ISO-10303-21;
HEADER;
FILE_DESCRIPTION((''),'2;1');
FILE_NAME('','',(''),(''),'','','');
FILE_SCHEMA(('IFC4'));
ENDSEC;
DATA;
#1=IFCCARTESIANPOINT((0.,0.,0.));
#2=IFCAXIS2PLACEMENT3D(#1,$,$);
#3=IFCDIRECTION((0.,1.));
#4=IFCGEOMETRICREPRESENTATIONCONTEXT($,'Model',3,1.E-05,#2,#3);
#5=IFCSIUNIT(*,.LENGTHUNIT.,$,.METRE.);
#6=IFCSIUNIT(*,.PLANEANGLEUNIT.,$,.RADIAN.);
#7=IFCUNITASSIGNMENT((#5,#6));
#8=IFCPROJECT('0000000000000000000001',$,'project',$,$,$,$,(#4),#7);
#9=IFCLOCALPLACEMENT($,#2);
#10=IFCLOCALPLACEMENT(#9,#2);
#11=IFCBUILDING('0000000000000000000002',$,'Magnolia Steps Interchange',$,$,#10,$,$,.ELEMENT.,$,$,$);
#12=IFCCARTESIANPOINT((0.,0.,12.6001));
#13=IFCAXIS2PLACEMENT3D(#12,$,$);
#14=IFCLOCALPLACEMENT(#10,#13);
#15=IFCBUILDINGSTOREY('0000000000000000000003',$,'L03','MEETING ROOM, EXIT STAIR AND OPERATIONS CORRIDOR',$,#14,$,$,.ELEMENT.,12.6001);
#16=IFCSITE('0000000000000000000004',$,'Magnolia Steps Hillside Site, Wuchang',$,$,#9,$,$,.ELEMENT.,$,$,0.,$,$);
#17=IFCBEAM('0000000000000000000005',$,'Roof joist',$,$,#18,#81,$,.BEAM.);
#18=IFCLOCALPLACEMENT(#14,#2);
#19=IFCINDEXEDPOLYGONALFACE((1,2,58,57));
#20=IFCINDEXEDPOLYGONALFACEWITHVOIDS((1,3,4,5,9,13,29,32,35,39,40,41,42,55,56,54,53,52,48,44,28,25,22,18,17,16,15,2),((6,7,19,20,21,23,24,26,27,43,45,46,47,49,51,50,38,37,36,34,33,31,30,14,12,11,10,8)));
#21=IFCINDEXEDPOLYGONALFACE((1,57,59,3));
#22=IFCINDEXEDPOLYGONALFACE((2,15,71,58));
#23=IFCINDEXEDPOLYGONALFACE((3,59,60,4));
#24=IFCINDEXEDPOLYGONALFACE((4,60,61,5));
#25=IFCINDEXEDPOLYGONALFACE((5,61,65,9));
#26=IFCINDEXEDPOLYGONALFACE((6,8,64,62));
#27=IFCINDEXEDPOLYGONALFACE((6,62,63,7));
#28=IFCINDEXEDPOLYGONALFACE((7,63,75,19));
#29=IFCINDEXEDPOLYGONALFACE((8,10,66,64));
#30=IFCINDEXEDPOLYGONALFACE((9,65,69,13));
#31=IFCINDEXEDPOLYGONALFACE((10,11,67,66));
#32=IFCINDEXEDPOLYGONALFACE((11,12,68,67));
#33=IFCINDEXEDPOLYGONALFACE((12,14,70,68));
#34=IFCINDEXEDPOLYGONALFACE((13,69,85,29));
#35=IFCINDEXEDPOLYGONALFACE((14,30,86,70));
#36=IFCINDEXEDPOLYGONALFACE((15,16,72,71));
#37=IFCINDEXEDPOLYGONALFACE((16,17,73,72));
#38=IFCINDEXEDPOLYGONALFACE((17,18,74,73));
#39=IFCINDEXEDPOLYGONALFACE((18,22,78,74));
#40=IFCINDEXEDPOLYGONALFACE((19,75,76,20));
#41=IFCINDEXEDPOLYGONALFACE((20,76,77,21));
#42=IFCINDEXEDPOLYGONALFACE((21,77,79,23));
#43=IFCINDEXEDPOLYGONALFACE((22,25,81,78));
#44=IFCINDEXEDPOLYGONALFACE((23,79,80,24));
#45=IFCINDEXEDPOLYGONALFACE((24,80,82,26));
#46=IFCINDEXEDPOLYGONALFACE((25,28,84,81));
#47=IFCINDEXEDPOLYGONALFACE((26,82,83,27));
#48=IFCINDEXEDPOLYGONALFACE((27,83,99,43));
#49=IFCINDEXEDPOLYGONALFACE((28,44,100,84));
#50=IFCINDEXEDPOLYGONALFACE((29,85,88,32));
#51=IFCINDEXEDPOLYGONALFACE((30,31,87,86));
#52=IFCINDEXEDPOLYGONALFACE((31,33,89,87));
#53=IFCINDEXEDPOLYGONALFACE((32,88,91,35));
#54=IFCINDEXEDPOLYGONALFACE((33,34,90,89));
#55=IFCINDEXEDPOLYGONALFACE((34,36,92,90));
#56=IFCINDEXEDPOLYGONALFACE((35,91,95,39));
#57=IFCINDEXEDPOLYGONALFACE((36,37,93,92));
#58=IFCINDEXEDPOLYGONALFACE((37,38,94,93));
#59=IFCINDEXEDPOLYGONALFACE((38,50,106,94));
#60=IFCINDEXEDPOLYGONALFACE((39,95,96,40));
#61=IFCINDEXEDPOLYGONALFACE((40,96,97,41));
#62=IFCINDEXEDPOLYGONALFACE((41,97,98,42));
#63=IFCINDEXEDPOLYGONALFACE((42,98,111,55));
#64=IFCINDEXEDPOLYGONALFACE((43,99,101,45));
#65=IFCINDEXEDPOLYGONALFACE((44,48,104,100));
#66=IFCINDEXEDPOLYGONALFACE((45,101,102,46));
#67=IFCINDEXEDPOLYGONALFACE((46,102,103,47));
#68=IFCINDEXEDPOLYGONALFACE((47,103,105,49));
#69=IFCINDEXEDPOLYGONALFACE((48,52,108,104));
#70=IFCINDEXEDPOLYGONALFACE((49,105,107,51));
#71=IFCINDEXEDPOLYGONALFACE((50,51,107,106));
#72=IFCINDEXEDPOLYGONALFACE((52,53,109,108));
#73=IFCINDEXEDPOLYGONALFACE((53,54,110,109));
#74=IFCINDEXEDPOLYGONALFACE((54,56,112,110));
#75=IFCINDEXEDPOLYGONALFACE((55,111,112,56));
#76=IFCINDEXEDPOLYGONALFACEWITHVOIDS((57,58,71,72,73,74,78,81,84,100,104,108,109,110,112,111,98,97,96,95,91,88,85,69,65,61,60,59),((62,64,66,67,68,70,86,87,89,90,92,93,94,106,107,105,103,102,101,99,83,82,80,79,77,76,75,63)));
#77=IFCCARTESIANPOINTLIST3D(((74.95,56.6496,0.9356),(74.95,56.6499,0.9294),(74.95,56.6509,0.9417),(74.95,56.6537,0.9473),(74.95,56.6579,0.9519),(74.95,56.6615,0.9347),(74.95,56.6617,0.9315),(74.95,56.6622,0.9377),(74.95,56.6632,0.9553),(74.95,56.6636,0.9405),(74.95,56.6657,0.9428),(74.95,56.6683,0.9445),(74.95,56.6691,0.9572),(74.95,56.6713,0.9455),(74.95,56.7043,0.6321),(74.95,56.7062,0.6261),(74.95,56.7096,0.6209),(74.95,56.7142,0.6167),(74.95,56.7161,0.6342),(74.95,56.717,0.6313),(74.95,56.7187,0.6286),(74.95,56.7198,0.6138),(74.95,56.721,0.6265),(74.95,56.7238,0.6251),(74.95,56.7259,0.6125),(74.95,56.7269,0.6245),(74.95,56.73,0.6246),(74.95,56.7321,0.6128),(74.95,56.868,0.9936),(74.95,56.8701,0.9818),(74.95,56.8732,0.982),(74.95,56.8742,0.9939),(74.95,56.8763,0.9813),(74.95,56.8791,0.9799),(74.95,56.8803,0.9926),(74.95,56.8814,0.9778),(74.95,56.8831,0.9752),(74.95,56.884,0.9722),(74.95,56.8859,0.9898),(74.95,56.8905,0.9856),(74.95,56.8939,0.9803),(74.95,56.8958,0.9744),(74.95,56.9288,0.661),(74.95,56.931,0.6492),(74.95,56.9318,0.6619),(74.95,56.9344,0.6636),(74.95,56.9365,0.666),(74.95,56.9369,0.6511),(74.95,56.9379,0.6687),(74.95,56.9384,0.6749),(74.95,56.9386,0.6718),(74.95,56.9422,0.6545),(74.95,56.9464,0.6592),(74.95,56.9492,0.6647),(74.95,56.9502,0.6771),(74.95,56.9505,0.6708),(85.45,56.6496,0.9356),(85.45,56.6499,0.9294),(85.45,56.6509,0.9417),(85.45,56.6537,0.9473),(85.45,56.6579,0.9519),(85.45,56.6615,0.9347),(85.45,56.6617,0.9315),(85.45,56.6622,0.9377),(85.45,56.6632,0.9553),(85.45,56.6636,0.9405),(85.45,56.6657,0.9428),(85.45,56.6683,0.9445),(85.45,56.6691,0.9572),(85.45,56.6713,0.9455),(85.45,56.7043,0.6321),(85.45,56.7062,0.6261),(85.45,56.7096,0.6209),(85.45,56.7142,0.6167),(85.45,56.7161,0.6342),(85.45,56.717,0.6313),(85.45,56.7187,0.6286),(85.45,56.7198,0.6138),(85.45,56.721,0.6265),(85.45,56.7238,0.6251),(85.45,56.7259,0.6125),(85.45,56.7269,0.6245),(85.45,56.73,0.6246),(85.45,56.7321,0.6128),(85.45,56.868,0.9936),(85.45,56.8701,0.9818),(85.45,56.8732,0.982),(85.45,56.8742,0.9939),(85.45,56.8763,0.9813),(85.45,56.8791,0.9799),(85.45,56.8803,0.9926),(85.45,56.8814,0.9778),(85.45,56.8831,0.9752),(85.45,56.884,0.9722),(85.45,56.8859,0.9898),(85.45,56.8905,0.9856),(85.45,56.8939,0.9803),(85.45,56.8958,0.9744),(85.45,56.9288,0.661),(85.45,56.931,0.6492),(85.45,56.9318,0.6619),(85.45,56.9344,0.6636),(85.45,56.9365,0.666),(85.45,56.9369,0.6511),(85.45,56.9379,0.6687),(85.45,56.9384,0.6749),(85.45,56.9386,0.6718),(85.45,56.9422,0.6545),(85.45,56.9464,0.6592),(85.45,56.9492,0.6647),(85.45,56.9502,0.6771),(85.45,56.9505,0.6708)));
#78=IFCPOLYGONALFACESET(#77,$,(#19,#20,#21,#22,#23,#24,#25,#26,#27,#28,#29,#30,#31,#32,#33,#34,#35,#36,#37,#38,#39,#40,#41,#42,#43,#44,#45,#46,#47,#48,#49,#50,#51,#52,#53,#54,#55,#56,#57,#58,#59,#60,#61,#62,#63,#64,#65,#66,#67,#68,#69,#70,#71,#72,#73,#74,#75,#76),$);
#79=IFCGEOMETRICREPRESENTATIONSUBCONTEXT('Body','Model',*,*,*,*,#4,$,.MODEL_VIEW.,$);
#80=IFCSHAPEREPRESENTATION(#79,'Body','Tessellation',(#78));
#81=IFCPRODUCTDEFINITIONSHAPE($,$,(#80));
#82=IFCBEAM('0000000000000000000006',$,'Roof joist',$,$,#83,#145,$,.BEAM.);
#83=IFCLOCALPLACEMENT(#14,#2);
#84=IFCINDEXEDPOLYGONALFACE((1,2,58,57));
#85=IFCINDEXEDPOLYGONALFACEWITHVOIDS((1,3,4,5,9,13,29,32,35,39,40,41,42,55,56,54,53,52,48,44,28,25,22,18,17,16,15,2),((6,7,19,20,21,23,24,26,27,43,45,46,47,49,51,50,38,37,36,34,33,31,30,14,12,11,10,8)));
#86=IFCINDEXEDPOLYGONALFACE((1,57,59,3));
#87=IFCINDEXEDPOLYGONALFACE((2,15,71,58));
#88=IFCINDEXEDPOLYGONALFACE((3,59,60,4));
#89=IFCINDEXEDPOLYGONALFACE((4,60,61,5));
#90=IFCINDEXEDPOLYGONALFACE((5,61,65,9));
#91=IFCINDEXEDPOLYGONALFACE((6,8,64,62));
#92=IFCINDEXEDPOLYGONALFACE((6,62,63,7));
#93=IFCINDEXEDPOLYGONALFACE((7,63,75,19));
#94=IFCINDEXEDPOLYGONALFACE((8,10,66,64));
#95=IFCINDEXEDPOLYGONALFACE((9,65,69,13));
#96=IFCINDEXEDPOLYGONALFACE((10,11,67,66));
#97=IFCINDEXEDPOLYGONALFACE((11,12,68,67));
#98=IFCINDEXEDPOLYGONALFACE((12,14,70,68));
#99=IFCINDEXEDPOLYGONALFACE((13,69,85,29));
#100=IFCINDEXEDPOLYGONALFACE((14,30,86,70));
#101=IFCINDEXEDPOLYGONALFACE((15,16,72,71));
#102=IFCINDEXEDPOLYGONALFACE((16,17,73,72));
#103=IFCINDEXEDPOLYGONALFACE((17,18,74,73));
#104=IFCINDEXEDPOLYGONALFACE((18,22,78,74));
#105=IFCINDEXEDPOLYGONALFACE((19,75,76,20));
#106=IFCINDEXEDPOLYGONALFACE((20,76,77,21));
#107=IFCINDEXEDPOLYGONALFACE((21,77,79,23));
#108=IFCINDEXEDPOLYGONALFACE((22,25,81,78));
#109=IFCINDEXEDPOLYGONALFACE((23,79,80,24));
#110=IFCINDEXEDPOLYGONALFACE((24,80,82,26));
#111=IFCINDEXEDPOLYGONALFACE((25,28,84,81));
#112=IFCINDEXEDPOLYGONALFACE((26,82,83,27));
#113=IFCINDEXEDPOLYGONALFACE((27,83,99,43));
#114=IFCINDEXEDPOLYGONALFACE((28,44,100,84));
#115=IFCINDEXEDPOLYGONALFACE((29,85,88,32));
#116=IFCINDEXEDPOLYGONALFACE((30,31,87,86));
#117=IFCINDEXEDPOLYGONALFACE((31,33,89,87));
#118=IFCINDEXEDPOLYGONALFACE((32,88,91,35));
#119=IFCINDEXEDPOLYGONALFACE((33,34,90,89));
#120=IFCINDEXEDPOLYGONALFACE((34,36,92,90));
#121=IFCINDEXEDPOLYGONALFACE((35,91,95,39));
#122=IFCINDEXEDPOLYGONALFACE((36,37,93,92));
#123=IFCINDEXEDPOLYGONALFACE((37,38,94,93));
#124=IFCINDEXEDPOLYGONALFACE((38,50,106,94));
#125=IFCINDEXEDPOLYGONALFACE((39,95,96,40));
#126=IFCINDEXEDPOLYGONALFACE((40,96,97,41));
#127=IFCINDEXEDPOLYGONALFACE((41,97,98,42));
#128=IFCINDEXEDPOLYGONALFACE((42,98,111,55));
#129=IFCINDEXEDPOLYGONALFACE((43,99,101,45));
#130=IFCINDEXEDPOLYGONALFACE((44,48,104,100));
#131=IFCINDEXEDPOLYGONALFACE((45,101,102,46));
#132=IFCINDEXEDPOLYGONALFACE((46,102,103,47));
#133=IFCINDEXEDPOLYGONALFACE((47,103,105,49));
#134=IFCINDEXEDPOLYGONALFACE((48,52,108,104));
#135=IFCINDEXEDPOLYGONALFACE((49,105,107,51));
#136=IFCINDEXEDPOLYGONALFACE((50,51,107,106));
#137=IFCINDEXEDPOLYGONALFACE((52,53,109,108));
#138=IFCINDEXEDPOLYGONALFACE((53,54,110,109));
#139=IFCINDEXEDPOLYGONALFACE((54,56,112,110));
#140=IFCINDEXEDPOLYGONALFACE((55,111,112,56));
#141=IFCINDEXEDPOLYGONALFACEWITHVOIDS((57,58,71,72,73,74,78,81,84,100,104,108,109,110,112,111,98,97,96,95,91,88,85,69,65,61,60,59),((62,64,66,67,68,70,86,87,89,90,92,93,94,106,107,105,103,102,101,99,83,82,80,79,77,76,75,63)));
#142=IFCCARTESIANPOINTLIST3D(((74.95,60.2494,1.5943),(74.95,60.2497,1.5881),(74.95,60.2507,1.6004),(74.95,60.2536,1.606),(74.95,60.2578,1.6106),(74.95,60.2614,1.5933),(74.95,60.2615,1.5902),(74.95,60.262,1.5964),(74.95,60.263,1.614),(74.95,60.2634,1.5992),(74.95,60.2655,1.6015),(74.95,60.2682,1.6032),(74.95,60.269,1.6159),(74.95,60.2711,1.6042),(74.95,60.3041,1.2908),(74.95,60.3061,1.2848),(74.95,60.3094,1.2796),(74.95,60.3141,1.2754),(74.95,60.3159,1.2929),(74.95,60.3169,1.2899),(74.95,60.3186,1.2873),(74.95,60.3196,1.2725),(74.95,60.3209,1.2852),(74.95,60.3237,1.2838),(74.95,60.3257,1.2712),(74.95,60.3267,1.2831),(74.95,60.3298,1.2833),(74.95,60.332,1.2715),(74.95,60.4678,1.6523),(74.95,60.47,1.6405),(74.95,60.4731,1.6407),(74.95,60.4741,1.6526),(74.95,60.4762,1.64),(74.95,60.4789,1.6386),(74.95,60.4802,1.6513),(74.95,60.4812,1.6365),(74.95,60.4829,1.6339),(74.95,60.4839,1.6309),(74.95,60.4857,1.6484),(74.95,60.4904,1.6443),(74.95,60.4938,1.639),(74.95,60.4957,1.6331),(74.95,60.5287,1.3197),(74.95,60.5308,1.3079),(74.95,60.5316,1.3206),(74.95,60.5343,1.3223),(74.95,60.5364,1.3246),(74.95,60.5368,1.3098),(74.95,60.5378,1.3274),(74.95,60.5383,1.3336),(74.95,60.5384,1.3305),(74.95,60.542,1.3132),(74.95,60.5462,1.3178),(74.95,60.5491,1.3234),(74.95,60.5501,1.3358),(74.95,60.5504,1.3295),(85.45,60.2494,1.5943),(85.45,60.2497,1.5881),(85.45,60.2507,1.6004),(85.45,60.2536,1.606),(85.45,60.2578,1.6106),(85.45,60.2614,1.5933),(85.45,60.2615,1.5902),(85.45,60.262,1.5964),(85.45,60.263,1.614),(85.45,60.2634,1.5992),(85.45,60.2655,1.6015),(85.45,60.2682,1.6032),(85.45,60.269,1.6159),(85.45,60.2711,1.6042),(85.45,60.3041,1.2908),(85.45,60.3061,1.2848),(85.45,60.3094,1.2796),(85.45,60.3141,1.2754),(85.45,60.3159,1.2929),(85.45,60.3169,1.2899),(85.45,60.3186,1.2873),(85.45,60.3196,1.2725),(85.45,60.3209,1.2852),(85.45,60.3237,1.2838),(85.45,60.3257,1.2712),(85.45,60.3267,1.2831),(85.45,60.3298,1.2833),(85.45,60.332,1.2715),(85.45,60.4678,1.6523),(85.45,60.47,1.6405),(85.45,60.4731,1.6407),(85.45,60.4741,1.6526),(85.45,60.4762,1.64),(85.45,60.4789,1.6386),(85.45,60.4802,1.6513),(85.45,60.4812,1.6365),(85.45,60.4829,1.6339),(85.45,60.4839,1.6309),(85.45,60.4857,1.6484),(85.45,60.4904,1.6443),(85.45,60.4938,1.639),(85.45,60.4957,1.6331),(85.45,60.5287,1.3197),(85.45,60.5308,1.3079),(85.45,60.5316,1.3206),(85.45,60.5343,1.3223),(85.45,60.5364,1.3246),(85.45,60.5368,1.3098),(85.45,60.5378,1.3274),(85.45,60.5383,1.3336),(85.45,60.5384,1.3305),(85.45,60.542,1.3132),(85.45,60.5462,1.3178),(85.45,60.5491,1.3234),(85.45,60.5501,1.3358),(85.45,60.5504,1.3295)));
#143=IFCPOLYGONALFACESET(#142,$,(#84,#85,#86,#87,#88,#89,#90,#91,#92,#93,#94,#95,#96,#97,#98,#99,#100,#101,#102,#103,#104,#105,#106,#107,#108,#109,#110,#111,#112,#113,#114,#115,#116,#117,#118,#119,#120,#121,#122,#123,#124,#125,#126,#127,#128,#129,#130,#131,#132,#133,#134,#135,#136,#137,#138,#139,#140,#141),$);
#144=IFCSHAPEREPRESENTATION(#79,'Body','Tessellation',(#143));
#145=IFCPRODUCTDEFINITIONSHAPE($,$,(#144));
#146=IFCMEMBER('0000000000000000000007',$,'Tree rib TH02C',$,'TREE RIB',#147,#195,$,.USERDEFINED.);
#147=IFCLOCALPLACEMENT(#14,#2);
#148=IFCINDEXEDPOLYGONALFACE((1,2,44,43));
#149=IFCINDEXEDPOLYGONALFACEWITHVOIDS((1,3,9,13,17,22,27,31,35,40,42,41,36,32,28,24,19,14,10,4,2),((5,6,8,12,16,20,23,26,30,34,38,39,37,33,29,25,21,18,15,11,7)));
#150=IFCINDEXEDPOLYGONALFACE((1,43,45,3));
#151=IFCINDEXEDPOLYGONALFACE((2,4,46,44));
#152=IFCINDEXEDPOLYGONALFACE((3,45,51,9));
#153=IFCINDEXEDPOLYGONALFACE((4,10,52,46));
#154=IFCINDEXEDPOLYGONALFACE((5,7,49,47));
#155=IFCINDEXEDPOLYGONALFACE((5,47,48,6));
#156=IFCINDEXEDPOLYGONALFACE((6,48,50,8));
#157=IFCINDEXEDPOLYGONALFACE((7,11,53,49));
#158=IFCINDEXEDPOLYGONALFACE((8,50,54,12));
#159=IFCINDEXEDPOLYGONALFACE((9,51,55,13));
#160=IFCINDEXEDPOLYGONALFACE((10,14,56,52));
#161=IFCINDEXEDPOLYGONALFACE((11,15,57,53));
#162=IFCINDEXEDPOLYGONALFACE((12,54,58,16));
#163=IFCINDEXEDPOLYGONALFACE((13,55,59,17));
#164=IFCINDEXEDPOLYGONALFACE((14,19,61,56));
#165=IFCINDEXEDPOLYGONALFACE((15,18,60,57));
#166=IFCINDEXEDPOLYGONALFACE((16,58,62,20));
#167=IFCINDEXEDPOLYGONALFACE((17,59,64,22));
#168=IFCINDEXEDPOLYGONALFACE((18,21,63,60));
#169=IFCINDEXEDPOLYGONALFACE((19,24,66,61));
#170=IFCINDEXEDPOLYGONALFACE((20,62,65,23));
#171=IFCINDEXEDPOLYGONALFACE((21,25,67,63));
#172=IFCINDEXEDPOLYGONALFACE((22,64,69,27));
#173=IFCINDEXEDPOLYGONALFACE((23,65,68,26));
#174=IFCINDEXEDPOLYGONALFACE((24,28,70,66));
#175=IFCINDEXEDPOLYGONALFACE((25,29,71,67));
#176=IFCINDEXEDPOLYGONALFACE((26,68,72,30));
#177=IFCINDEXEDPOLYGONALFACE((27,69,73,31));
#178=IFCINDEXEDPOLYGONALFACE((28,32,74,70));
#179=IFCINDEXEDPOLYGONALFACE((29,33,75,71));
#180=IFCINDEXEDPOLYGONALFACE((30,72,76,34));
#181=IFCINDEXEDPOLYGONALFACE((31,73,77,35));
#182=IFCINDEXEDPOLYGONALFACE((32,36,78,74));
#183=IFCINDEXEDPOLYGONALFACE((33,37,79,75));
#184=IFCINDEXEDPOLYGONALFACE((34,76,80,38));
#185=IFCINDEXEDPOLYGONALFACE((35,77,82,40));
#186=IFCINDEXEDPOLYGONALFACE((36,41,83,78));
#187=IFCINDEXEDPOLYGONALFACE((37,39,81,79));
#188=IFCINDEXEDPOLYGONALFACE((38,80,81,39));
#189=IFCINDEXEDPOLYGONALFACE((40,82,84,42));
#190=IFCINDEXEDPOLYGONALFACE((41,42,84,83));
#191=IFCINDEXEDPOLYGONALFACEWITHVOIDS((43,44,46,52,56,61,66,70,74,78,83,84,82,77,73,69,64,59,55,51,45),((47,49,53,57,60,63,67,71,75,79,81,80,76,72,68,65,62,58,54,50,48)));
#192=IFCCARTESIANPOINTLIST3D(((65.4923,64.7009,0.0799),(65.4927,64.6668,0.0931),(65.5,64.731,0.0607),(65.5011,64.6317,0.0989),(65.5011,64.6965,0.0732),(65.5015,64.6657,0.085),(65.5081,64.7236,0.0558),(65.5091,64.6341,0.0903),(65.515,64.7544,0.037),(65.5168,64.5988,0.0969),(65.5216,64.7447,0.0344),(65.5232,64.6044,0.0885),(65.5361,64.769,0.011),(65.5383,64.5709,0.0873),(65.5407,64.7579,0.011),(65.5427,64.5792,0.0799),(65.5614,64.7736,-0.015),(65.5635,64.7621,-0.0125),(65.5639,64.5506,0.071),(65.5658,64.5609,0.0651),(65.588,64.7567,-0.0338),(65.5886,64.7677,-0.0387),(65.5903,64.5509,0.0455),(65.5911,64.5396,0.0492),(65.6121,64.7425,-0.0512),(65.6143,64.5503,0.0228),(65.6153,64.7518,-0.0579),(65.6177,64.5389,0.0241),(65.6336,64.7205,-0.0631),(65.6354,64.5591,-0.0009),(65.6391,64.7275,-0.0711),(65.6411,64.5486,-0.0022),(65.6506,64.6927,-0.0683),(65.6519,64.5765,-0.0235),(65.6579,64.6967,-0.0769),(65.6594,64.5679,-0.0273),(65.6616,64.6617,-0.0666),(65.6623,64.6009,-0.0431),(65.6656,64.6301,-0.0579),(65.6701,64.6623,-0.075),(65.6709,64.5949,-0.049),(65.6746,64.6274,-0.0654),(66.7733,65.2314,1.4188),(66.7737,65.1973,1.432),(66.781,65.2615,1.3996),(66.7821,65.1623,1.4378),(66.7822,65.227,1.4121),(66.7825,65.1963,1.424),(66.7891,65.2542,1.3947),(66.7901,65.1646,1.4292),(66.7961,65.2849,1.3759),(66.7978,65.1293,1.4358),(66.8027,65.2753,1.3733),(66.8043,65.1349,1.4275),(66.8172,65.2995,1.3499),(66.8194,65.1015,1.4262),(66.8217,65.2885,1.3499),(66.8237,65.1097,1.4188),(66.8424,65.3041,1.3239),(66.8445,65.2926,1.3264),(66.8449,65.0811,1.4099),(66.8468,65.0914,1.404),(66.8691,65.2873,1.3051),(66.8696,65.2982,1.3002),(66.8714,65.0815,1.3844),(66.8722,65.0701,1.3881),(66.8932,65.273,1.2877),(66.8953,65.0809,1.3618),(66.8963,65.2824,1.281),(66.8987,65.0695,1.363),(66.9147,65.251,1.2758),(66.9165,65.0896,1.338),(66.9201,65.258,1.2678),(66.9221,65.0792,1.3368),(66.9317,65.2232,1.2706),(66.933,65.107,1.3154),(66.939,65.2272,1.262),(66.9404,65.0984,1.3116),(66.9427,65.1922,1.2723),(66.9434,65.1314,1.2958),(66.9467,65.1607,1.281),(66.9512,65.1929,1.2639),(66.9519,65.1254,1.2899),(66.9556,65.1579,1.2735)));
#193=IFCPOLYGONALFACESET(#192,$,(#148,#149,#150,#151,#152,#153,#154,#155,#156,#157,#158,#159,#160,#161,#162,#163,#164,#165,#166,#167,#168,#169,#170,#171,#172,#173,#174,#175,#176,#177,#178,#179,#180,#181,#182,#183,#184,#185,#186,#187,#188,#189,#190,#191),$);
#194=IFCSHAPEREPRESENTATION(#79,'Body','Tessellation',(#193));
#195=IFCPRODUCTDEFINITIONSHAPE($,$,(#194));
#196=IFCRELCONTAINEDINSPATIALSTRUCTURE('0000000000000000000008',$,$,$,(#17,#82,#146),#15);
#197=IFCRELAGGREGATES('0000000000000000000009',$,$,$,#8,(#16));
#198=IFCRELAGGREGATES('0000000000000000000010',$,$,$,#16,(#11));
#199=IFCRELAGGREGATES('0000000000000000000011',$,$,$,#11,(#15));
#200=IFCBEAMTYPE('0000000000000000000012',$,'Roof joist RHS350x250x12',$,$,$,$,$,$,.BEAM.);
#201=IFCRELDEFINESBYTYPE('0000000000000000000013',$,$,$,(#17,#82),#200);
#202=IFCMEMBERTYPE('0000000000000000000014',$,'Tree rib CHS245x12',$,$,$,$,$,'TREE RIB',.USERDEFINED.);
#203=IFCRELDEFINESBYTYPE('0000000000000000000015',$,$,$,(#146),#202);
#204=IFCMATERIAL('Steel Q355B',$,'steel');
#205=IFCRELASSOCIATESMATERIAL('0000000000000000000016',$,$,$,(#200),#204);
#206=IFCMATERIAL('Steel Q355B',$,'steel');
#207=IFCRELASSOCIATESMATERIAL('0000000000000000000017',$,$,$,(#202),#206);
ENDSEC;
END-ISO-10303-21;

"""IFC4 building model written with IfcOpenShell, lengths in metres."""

from ifc_helpers import new_model, si_unit, direction, frame, origin, origin_2d, place, context, subcontext, project, spatial, hollow_rectangle, hollow_circle, extrude, material, material_profile, profile_set, type_object, element, save


model = new_model("IFC4")

# Units and contexts
model_context = context("Model", 3, precision=1e-05, world=origin(), true_north=direction((0.0, 1.0)))
body_context = subcontext(model_context, "Body", "Model", "MODEL_VIEW")
ifc_project = project(units=[si_unit("LENGTHUNIT", "METRE"), si_unit("PLANEANGLEUNIT", "RADIAN")], contexts=[model_context])

# Site, building, storey
site_placement = place(None, origin())
site = spatial("IfcSite", under=ifc_project, at=site_placement, Name="Magnolia Steps Hillside Site, Wuchang", CompositionType="ELEMENT", RefElevation=0.0)
building_placement = place(site_placement, origin())
building = spatial("IfcBuilding", under=site, at=building_placement, Name="Magnolia Steps Interchange", CompositionType="ELEMENT")
storey_placement = place(building_placement, frame((0.0, 0.0, 12.6001)))
storey = spatial("IfcBuildingStorey", under=building, at=storey_placement, Name="L03", Description="MEETING ROOM, EXIT STAIR AND OPERATIONS CORRIDOR", CompositionType="ELEMENT", Elevation=12.6001)

# Beams
ifc_material_1 = material(Name="Steel Q355B", Category="steel")
ifc_material_profile_1 = material_profile(ifc_material_1, hollow_rectangle(XDim=0.25, YDim=0.3501, WallThickness=0.012, InnerFilletRadius=0.012, OuterFilletRadius=0.0239, at=origin_2d()), Name="RHS350x250x12")
ifc_profile_set_1 = profile_set([ifc_material_profile_1], Name="Steel Q355B")
beam_type_1 = type_object("IfcBeamType", Name="Roof joist RHS350x250x12", PredefinedType="BEAM", material=ifc_profile_set_1)
for number, where, z_axis, x_axis, name in (
    (1, (74.95, 56.8, 0.8032), (1.0, 0.0, 0.0), (0.0, 0.983677, 0.179941), "Roof joist"),
    (2, (74.95, 60.3999, 1.4619), (1.0, 0.0, 0.0), (0.0, 0.983677, 0.179941), "Roof joist"),
):
    element("IfcBeam", number, at=place(storey_placement, frame(where, z_axis=z_axis, x_axis=x_axis)), inside=storey, type_object=beam_type_1, Name=name, PredefinedType="BEAM", context=body_context, shape_type="SweptSolid", body=[
        extrude(hollow_rectangle(XDim=0.25, YDim=0.3501, WallThickness=0.012, InnerFilletRadius=0.012, OuterFilletRadius=0.0239, at=origin_2d()), origin(), (0.0, 0.0, 1.0), 10.5),
    ])

# Member
ifc_material_2 = material(Name="Steel Q355B", Category="steel")
ifc_material_profile_2 = material_profile(ifc_material_2, hollow_circle(Radius=0.1226, WallThickness=0.012, at=origin_2d()), Name="CHS245x12")
ifc_profile_set_2 = profile_set([ifc_material_profile_2], Name="Steel Q355B")
member_type = type_object("IfcMemberType", Name="Tree rib CHS245x12", ElementType="TREE RIB", PredefinedType="USERDEFINED", material=ifc_profile_set_2)
for number, where, z_axis, x_axis, name in (
    (3, (65.583, 64.6558, 0.011), (0.664618, 0.275246, 0.694638), (-0.382627, 0.923903, 0.0), "Tree rib TH02C"),
):
    element("IfcMember", number, at=place(storey_placement, frame(where, z_axis=z_axis, x_axis=x_axis)), inside=storey, type_object=member_type, Name=name, ObjectType="TREE RIB", PredefinedType="USERDEFINED", context=body_context, shape_type="SweptSolid", body=[
        extrude(hollow_circle(Radius=0.1226, WallThickness=0.012, at=origin_2d()), origin(), (0.0, 0.0, 1.0), 1.9275),
    ])

save(model, "model.ifc")
